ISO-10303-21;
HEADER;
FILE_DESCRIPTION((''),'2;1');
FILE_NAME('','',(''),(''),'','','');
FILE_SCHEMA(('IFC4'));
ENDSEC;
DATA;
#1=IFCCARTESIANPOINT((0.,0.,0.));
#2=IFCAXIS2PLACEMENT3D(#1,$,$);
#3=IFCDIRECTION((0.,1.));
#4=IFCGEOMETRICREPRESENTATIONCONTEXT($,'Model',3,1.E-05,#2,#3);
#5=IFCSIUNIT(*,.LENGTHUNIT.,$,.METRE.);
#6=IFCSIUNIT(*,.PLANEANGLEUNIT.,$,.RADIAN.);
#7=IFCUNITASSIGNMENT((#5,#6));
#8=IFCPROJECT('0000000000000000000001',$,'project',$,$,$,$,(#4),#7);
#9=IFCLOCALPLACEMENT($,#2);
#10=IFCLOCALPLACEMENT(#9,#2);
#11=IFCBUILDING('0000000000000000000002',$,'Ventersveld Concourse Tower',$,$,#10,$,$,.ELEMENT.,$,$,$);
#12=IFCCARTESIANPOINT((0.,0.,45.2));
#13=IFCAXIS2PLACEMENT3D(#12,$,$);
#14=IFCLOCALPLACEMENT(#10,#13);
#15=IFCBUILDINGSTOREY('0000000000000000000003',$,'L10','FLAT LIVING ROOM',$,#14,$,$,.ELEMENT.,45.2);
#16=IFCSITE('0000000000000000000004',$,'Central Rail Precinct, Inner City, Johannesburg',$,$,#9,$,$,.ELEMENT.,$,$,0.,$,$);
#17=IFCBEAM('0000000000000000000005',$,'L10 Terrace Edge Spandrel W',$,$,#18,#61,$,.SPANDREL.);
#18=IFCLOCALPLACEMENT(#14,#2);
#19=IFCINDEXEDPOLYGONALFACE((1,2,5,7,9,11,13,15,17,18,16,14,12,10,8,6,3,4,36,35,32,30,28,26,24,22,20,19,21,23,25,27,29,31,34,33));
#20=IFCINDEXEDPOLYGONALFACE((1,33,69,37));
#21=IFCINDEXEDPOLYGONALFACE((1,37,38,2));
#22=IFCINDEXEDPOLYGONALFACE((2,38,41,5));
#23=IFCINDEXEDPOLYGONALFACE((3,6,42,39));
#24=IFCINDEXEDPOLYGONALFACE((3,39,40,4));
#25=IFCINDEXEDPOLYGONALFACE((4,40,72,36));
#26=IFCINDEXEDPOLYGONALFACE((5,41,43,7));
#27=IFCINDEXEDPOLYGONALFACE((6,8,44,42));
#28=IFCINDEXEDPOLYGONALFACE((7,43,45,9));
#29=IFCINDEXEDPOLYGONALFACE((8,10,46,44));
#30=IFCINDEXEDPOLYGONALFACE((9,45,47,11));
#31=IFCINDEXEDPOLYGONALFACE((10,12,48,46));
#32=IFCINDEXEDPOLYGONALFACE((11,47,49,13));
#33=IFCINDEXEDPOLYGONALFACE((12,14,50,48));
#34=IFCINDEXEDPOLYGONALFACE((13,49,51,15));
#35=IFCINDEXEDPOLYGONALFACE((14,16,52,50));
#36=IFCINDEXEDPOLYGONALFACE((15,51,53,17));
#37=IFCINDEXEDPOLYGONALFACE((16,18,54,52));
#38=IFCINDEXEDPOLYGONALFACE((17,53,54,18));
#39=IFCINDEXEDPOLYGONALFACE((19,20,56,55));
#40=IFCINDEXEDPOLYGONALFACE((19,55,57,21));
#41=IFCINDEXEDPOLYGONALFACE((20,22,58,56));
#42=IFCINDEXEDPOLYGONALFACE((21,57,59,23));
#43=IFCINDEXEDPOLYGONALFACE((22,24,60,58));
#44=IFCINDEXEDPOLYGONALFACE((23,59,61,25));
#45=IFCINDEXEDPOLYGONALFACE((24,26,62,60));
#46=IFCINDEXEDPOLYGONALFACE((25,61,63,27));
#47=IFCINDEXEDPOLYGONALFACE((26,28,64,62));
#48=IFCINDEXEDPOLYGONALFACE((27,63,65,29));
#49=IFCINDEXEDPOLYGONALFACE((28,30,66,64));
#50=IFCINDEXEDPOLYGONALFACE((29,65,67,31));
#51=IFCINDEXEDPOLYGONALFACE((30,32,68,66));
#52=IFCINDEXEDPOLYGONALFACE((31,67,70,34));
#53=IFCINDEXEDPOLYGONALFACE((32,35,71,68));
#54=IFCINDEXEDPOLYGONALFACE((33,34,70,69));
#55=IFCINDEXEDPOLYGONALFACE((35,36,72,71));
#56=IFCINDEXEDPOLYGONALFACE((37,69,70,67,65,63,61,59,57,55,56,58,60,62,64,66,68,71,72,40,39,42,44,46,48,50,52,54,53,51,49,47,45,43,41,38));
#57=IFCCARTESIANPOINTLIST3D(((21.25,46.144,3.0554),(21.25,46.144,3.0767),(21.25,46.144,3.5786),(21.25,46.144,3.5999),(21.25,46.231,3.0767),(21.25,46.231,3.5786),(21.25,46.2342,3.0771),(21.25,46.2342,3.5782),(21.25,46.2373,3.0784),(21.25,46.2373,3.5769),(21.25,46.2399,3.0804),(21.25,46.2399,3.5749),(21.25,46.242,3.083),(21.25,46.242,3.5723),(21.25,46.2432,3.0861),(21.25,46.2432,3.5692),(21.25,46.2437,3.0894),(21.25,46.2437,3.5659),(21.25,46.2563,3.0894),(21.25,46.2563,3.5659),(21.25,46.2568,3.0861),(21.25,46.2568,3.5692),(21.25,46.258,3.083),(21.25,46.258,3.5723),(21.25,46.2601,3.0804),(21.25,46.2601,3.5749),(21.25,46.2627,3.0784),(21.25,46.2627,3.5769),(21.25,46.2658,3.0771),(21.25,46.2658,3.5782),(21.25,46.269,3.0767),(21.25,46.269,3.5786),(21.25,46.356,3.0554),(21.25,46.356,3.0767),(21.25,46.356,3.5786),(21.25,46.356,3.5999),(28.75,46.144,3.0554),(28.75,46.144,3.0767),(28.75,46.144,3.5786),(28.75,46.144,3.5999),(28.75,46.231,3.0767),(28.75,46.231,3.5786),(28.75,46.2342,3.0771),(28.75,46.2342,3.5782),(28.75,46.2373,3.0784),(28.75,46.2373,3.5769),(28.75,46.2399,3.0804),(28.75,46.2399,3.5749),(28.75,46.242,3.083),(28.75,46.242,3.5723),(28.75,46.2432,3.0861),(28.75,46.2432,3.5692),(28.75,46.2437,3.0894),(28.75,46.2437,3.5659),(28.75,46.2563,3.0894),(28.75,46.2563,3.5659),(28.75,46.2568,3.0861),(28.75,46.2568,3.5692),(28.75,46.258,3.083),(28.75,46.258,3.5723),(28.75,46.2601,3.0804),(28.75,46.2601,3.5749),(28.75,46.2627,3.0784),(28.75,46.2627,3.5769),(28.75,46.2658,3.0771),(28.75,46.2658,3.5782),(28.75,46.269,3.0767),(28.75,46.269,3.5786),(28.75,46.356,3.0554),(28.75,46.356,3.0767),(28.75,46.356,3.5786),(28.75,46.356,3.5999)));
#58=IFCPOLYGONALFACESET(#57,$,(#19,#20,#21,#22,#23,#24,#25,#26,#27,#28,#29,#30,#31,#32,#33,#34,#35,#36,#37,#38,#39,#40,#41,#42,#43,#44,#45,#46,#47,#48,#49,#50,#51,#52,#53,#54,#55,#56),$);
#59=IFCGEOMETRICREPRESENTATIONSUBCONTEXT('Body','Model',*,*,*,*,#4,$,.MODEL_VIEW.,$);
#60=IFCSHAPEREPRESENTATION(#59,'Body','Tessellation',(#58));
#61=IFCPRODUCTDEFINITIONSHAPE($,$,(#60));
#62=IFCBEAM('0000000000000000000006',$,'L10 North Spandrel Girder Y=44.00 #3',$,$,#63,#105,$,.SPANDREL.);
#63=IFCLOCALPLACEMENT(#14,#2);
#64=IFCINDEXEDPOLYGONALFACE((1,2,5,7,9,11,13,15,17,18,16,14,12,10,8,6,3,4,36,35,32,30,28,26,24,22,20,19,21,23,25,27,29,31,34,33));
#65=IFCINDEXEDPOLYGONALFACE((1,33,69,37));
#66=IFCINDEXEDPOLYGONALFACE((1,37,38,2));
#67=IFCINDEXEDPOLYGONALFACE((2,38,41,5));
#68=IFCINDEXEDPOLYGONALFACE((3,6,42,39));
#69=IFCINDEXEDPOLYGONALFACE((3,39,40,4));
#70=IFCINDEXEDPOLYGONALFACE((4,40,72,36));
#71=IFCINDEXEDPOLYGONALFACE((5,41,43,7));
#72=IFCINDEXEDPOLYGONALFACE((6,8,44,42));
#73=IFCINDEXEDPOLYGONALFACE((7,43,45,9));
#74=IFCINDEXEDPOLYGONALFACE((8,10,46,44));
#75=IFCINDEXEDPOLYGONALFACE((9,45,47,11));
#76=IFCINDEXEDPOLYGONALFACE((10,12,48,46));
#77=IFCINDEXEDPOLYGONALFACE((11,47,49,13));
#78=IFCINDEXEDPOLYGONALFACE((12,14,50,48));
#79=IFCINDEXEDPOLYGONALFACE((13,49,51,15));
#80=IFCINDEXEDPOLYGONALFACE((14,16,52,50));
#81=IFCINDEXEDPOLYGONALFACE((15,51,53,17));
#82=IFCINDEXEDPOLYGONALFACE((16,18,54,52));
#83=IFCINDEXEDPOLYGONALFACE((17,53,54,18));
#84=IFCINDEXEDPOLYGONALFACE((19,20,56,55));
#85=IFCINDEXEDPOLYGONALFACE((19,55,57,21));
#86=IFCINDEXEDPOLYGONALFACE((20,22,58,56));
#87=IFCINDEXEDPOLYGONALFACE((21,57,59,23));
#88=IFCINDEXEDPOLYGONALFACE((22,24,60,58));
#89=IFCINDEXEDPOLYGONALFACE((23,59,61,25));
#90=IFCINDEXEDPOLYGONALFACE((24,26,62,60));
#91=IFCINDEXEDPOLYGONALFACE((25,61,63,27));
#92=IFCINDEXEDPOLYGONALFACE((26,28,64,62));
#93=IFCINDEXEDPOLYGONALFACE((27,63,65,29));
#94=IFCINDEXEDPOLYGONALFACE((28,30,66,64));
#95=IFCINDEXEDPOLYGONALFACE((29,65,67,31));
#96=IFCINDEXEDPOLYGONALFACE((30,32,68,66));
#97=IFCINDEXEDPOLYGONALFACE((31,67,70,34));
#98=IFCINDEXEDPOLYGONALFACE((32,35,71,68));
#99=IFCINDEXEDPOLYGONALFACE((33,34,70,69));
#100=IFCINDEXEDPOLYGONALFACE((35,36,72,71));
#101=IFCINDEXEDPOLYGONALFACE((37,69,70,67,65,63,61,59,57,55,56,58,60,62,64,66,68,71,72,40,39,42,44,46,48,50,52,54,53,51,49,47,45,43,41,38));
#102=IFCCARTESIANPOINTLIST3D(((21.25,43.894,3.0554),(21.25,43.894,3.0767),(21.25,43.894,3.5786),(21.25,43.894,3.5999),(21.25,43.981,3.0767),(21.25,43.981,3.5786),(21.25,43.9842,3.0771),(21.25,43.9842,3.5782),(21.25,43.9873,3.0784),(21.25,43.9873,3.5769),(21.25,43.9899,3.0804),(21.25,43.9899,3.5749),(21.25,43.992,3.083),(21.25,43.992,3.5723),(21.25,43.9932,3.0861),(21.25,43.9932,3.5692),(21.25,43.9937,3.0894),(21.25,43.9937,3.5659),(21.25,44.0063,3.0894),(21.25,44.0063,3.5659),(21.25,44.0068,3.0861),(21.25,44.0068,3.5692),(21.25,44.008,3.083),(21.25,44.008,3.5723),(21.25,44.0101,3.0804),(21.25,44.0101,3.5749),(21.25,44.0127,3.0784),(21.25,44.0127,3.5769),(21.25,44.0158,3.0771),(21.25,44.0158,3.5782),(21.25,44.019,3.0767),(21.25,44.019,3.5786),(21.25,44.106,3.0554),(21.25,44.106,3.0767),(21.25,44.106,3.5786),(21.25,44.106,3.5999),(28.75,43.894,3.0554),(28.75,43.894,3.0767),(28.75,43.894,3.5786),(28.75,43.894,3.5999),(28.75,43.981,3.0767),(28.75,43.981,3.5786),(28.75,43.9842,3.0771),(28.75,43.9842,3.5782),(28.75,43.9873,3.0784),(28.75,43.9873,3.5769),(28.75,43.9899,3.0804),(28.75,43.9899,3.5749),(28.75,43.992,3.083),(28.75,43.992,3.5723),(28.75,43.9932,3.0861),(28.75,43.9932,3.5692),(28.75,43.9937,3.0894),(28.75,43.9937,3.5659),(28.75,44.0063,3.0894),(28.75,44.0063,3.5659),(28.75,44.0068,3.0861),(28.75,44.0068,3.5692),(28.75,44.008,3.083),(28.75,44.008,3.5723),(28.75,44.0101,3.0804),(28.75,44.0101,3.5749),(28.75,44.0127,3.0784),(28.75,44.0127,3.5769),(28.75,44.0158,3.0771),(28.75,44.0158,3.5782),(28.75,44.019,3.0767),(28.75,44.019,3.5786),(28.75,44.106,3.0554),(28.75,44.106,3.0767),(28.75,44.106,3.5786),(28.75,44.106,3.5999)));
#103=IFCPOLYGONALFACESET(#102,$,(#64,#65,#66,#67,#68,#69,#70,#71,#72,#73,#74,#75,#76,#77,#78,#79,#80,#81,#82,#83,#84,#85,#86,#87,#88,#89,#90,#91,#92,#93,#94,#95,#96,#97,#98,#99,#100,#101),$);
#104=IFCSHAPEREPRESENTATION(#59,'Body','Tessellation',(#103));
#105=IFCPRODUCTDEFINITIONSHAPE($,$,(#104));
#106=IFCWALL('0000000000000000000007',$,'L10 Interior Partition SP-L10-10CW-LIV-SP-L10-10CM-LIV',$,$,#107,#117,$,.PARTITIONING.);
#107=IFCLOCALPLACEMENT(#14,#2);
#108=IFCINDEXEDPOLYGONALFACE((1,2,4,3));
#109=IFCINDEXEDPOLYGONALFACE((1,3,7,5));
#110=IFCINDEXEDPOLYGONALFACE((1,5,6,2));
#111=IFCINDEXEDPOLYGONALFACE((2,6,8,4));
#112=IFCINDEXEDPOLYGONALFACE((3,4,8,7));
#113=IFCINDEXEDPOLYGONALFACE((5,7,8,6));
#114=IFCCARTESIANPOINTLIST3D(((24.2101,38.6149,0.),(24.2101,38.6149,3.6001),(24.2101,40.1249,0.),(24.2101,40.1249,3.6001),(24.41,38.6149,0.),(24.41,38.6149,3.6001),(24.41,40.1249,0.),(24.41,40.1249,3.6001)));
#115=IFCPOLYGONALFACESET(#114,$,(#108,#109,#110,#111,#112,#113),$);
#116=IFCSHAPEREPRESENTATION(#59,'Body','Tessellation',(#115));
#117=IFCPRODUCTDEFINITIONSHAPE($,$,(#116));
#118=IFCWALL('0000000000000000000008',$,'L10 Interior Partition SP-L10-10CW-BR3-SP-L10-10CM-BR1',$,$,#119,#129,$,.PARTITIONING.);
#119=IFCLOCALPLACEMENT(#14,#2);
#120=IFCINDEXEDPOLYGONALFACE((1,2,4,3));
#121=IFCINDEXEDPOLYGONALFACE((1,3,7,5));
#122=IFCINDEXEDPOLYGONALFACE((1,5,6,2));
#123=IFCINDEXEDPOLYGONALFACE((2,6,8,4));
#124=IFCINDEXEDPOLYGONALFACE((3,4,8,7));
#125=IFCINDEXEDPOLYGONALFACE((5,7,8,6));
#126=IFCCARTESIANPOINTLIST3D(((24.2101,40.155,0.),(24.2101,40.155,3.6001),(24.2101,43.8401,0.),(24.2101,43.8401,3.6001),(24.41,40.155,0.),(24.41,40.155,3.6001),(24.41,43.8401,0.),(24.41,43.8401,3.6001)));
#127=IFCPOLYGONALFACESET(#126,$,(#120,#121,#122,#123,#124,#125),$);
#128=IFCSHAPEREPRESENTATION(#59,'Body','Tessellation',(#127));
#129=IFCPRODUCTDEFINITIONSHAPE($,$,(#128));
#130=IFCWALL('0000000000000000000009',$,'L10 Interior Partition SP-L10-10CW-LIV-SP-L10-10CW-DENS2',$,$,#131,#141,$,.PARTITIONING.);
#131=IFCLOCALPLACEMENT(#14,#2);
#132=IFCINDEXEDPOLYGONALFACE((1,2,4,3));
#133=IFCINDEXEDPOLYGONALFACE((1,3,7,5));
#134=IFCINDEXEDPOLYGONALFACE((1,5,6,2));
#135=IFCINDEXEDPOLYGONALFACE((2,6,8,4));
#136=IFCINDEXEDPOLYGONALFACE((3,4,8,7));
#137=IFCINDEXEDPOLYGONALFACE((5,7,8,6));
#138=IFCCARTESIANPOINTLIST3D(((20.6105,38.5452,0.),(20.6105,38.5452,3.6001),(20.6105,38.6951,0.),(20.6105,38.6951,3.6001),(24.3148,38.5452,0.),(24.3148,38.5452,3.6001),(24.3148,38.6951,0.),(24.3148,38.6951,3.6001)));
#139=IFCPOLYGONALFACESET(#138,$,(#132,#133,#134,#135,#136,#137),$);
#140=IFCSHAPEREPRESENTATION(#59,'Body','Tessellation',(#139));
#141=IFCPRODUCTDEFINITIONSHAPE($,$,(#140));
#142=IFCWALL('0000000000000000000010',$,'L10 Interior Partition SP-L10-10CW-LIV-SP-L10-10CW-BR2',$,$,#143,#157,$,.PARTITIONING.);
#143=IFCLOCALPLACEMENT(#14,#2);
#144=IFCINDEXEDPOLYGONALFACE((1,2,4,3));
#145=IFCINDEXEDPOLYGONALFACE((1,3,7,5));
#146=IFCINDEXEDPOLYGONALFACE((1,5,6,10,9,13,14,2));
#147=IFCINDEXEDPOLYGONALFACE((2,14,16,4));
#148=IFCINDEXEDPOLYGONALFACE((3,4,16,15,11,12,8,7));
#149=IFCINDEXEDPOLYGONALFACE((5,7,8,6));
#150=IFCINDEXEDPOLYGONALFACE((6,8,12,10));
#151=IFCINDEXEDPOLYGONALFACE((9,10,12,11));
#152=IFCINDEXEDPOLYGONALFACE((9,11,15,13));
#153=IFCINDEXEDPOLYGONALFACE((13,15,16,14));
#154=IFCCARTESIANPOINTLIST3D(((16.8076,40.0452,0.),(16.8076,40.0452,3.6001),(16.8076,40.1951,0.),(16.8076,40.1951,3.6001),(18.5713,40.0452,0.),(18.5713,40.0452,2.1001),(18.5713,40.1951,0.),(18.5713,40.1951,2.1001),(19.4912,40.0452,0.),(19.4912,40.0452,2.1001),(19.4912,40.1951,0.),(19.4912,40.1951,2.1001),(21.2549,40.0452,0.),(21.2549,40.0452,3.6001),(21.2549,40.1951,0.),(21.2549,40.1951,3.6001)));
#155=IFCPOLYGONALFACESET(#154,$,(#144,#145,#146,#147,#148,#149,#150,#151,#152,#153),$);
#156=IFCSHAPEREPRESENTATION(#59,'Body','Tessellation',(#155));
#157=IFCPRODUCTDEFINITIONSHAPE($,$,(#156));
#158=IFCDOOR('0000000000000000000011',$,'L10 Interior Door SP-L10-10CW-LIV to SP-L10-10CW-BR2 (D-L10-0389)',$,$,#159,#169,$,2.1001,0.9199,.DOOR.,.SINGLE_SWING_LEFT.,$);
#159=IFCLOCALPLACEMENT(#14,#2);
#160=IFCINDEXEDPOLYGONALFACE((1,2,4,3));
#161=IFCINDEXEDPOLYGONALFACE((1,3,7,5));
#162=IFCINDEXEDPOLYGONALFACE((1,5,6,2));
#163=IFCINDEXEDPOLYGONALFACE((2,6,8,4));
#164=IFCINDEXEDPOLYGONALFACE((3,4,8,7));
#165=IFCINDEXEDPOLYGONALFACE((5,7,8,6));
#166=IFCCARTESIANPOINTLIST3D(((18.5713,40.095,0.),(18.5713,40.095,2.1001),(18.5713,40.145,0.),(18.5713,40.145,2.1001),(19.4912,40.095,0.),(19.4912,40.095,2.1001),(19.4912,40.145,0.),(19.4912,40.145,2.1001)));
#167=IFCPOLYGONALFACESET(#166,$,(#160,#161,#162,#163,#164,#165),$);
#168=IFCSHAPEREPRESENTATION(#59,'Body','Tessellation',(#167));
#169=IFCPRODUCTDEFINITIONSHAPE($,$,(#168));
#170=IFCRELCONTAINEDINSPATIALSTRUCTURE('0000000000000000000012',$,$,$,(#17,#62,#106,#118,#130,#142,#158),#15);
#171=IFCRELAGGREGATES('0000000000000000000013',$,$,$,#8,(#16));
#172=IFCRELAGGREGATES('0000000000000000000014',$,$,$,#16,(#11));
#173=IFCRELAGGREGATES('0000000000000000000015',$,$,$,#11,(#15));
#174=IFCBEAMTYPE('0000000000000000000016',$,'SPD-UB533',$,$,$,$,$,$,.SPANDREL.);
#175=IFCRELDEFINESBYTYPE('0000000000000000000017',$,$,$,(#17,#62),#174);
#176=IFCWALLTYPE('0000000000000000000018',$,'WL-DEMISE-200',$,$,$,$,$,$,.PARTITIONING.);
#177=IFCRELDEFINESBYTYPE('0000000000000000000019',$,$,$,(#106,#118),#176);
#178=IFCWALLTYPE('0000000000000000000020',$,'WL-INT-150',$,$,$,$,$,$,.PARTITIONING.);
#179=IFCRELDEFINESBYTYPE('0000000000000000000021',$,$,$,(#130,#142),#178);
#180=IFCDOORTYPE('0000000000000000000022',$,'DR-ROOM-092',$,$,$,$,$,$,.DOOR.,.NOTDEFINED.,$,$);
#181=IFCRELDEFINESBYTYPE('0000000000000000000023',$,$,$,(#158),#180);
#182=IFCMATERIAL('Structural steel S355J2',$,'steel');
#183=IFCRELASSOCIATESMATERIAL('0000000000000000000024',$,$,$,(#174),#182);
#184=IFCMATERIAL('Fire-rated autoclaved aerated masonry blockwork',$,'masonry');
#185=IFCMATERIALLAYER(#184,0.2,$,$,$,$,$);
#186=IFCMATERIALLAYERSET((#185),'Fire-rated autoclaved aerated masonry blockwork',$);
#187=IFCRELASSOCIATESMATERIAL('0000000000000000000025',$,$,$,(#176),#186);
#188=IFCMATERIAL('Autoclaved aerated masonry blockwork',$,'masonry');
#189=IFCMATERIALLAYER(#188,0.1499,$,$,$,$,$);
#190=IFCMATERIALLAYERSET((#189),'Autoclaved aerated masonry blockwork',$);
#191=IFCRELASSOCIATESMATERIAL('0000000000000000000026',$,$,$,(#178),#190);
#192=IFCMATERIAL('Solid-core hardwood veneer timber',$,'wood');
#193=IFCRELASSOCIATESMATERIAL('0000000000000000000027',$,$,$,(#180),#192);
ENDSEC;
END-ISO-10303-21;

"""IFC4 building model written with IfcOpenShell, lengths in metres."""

from ifc_helpers import new_model, si_unit, direction, frame, frame_2d, origin, origin_2d, place, context, subcontext, project, spatial, rectangle, i_section, extrude, material, layer, layer_set, material_profile, profile_set, type_object, element, fill, save


model = new_model("IFC4")

# Units and contexts
model_context = context("Model", 3, precision=1e-05, world=origin(), true_north=direction((0.0, 1.0)))
body_context = subcontext(model_context, "Body", "Model", "MODEL_VIEW")
ifc_project = project(units=[si_unit("LENGTHUNIT", "METRE"), si_unit("PLANEANGLEUNIT", "RADIAN")], contexts=[model_context])

# Site, building, storey
site_placement = place(None, origin())
site = spatial("IfcSite", under=ifc_project, at=site_placement, Name="Central Rail Precinct, Inner City, Johannesburg", CompositionType="ELEMENT", RefElevation=0.0)
building_placement = place(site_placement, origin())
building = spatial("IfcBuilding", under=site, at=building_placement, Name="Ventersveld Concourse Tower", CompositionType="ELEMENT")
storey_placement = place(building_placement, frame((0.0, 0.0, 45.2)))
storey = spatial("IfcBuildingStorey", under=building, at=storey_placement, Name="L10", Description="FLAT LIVING ROOM", CompositionType="ELEMENT", Elevation=45.2)

# Shared definitions
ifc_material_1 = material(Name="Structural steel S355J2", Category="steel")

# Beams
ifc_material_profile_1 = material_profile(ifc_material_1, i_section(OverallWidth=0.2119, OverallDepth=0.5444, WebThickness=0.0127, FlangeThickness=0.0212, FilletRadius=0.0127, at=origin_2d()), Name="UB 533x210x122")
ifc_profile_set_1 = profile_set([ifc_material_profile_1], Name="Structural steel S355J2")
beam_type_1 = type_object("IfcBeamType", Name="SPD-UB533", PredefinedType="SPANDREL", material=ifc_profile_set_1)
for number, where, z_axis, x_axis, name in (
    (1, (21.25, 46.25, 3.3276), (1.0, 0.0, 0.0), (0.0, 1.0, 0.0), "L10 Terrace Edge Spandrel W"),
    (2, (21.25, 44.0, 3.3276), (1.0, 0.0, 0.0), (0.0, 1.0, 0.0), "L10 North Spandrel Girder Y=44.00 #3"),
):
    element("IfcBeam", number, at=place(storey_placement, frame(where, z_axis=z_axis, x_axis=x_axis)), inside=storey, type_object=beam_type_1, Name=name, PredefinedType="SPANDREL", context=body_context, shape_type="SweptSolid", body=[
        extrude(i_section(OverallWidth=0.2119, OverallDepth=0.5444, WebThickness=0.0127, FlangeThickness=0.0212, FilletRadius=0.0127, at=origin_2d()), origin(), (0.0, 0.0, 1.0), 7.5),
    ])

# Walls
ifc_material_2 = material(Name="Fire-rated autoclaved aerated masonry blockwork", Category="masonry")
ifc_layer_1 = layer(ifc_material_2, 0.2)
ifc_layer_set_1 = layer_set([ifc_layer_1], Name="Fire-rated autoclaved aerated masonry blockwork")
wall_type_1 = type_object("IfcWallType", Name="WL-DEMISE-200", PredefinedType="PARTITIONING", material=ifc_layer_set_1)
wall_1_placement = place(storey_placement, frame((24.3101, 38.615, 0.0), z_axis=(0.0, 0.0, 1.0), x_axis=(0.0, 1.0, 0.0)))
element("IfcWall", 3, at=wall_1_placement, inside=storey, type_object=wall_type_1, Name="L10 Interior Partition SP-L10-10CW-LIV-SP-L10-10CM-LIV", PredefinedType="PARTITIONING", context=body_context, shape_type="SweptSolid", body=[
    extrude(rectangle(XDim=1.51, YDim=0.2, at=frame_2d((0.7549, 0.0))), origin(), (0.0, 0.0, 1.0), 3.6001),
])
wall_2_placement = place(storey_placement, frame((24.3101, 40.155, 0.0), z_axis=(0.0, 0.0, 1.0), x_axis=(0.0, 1.0, 0.0)))
element("IfcWall", 4, at=wall_2_placement, inside=storey, type_object=wall_type_1, Name="L10 Interior Partition SP-L10-10CW-BR3-SP-L10-10CM-BR1", PredefinedType="PARTITIONING", context=body_context, shape_type="SweptSolid", body=[
    extrude(rectangle(XDim=3.6851, YDim=0.2, at=frame_2d((1.8425, 0.0))), origin(), (0.0, 0.0, 1.0), 3.6001),
])
ifc_material_3 = material(Name="Autoclaved aerated masonry blockwork", Category="masonry")
ifc_layer_2 = layer(ifc_material_3, 0.1499)
ifc_layer_set_2 = layer_set([ifc_layer_2], Name="Autoclaved aerated masonry blockwork")
wall_type_2 = type_object("IfcWallType", Name="WL-INT-150", PredefinedType="PARTITIONING", material=ifc_layer_set_2)
wall_3_placement = place(storey_placement, frame((20.6106, 38.6201, 0.0), z_axis=(0.0, 0.0, 1.0), x_axis=(1.0, 0.0, 0.0)))
element("IfcWall", 5, at=wall_3_placement, inside=storey, type_object=wall_type_2, Name="L10 Interior Partition SP-L10-10CW-LIV-SP-L10-10CW-DENS2", PredefinedType="PARTITIONING", context=body_context, shape_type="SweptSolid", body=[
    extrude(rectangle(XDim=3.7043, YDim=0.1499, at=frame_2d((1.8521, 0.0))), origin(), (0.0, 0.0, 1.0), 3.6001),
])

# Wall, opening, door
wall_4_placement = place(storey_placement, frame((16.8076, 40.1201, 0.0), z_axis=(0.0, 0.0, 1.0), x_axis=(1.0, 0.0, 0.0)))
wall_4 = element("IfcWall", 6, at=wall_4_placement, inside=storey, type_object=wall_type_2, Name="L10 Interior Partition SP-L10-10CW-LIV-SP-L10-10CW-BR2", PredefinedType="PARTITIONING", context=body_context, shape_type="SweptSolid", body=[
    extrude(rectangle(XDim=4.4473, YDim=0.1499, at=frame_2d((2.2236, 0.0))), origin(), (0.0, 0.0, 1.0), 3.6001),
])
opening_1_placement = place(wall_4_placement, frame((1.7637, 0.0, 0.0)))
opening_1 = element("IfcOpeningElement", 7, at=opening_1_placement, cuts=wall_4, PredefinedType="OPENING", context=body_context, shape_type="SweptSolid", body=[
    extrude(rectangle(XDim=0.9199, YDim=2.1001, at=frame_2d((0.46, 1.05))), frame((0.0, 0.085, 0.0), z_axis=(0.0, -1.0, 0.0), x_axis=(1.0, 0.0, 0.0)), (0.0, 0.0, 1.0), 0.1699),
])
ifc_material_4 = material(Name="Solid-core hardwood veneer timber", Category="wood")
door_type = type_object("IfcDoorType", Name="DR-ROOM-092", OperationType="NOTDEFINED", PredefinedType="DOOR", material=ifc_material_4)
door_1_placement = place(opening_1_placement, origin())
door_1 = element("IfcDoor", 8, at=door_1_placement, inside=storey, type_object=door_type, Name="L10 Interior Door SP-L10-10CW-LIV to SP-L10-10CW-BR2 (D-L10-0389)", OperationType="SINGLE_SWING_LEFT", OverallHeight=2.1001, OverallWidth=0.9199, PredefinedType="DOOR", context=body_context, shape_type="SweptSolid", body=[
    extrude(rectangle(XDim=0.9199, YDim=2.1001, at=frame_2d((0.46, 1.05))), frame((0.0, 0.0249, 0.0), z_axis=(0.0, -1.0, 0.0), x_axis=(1.0, 0.0, 0.0)), (0.0, 0.0, 1.0), 0.05),
])
fill(opening_1, door_1)

save(model, "model.ifc")
